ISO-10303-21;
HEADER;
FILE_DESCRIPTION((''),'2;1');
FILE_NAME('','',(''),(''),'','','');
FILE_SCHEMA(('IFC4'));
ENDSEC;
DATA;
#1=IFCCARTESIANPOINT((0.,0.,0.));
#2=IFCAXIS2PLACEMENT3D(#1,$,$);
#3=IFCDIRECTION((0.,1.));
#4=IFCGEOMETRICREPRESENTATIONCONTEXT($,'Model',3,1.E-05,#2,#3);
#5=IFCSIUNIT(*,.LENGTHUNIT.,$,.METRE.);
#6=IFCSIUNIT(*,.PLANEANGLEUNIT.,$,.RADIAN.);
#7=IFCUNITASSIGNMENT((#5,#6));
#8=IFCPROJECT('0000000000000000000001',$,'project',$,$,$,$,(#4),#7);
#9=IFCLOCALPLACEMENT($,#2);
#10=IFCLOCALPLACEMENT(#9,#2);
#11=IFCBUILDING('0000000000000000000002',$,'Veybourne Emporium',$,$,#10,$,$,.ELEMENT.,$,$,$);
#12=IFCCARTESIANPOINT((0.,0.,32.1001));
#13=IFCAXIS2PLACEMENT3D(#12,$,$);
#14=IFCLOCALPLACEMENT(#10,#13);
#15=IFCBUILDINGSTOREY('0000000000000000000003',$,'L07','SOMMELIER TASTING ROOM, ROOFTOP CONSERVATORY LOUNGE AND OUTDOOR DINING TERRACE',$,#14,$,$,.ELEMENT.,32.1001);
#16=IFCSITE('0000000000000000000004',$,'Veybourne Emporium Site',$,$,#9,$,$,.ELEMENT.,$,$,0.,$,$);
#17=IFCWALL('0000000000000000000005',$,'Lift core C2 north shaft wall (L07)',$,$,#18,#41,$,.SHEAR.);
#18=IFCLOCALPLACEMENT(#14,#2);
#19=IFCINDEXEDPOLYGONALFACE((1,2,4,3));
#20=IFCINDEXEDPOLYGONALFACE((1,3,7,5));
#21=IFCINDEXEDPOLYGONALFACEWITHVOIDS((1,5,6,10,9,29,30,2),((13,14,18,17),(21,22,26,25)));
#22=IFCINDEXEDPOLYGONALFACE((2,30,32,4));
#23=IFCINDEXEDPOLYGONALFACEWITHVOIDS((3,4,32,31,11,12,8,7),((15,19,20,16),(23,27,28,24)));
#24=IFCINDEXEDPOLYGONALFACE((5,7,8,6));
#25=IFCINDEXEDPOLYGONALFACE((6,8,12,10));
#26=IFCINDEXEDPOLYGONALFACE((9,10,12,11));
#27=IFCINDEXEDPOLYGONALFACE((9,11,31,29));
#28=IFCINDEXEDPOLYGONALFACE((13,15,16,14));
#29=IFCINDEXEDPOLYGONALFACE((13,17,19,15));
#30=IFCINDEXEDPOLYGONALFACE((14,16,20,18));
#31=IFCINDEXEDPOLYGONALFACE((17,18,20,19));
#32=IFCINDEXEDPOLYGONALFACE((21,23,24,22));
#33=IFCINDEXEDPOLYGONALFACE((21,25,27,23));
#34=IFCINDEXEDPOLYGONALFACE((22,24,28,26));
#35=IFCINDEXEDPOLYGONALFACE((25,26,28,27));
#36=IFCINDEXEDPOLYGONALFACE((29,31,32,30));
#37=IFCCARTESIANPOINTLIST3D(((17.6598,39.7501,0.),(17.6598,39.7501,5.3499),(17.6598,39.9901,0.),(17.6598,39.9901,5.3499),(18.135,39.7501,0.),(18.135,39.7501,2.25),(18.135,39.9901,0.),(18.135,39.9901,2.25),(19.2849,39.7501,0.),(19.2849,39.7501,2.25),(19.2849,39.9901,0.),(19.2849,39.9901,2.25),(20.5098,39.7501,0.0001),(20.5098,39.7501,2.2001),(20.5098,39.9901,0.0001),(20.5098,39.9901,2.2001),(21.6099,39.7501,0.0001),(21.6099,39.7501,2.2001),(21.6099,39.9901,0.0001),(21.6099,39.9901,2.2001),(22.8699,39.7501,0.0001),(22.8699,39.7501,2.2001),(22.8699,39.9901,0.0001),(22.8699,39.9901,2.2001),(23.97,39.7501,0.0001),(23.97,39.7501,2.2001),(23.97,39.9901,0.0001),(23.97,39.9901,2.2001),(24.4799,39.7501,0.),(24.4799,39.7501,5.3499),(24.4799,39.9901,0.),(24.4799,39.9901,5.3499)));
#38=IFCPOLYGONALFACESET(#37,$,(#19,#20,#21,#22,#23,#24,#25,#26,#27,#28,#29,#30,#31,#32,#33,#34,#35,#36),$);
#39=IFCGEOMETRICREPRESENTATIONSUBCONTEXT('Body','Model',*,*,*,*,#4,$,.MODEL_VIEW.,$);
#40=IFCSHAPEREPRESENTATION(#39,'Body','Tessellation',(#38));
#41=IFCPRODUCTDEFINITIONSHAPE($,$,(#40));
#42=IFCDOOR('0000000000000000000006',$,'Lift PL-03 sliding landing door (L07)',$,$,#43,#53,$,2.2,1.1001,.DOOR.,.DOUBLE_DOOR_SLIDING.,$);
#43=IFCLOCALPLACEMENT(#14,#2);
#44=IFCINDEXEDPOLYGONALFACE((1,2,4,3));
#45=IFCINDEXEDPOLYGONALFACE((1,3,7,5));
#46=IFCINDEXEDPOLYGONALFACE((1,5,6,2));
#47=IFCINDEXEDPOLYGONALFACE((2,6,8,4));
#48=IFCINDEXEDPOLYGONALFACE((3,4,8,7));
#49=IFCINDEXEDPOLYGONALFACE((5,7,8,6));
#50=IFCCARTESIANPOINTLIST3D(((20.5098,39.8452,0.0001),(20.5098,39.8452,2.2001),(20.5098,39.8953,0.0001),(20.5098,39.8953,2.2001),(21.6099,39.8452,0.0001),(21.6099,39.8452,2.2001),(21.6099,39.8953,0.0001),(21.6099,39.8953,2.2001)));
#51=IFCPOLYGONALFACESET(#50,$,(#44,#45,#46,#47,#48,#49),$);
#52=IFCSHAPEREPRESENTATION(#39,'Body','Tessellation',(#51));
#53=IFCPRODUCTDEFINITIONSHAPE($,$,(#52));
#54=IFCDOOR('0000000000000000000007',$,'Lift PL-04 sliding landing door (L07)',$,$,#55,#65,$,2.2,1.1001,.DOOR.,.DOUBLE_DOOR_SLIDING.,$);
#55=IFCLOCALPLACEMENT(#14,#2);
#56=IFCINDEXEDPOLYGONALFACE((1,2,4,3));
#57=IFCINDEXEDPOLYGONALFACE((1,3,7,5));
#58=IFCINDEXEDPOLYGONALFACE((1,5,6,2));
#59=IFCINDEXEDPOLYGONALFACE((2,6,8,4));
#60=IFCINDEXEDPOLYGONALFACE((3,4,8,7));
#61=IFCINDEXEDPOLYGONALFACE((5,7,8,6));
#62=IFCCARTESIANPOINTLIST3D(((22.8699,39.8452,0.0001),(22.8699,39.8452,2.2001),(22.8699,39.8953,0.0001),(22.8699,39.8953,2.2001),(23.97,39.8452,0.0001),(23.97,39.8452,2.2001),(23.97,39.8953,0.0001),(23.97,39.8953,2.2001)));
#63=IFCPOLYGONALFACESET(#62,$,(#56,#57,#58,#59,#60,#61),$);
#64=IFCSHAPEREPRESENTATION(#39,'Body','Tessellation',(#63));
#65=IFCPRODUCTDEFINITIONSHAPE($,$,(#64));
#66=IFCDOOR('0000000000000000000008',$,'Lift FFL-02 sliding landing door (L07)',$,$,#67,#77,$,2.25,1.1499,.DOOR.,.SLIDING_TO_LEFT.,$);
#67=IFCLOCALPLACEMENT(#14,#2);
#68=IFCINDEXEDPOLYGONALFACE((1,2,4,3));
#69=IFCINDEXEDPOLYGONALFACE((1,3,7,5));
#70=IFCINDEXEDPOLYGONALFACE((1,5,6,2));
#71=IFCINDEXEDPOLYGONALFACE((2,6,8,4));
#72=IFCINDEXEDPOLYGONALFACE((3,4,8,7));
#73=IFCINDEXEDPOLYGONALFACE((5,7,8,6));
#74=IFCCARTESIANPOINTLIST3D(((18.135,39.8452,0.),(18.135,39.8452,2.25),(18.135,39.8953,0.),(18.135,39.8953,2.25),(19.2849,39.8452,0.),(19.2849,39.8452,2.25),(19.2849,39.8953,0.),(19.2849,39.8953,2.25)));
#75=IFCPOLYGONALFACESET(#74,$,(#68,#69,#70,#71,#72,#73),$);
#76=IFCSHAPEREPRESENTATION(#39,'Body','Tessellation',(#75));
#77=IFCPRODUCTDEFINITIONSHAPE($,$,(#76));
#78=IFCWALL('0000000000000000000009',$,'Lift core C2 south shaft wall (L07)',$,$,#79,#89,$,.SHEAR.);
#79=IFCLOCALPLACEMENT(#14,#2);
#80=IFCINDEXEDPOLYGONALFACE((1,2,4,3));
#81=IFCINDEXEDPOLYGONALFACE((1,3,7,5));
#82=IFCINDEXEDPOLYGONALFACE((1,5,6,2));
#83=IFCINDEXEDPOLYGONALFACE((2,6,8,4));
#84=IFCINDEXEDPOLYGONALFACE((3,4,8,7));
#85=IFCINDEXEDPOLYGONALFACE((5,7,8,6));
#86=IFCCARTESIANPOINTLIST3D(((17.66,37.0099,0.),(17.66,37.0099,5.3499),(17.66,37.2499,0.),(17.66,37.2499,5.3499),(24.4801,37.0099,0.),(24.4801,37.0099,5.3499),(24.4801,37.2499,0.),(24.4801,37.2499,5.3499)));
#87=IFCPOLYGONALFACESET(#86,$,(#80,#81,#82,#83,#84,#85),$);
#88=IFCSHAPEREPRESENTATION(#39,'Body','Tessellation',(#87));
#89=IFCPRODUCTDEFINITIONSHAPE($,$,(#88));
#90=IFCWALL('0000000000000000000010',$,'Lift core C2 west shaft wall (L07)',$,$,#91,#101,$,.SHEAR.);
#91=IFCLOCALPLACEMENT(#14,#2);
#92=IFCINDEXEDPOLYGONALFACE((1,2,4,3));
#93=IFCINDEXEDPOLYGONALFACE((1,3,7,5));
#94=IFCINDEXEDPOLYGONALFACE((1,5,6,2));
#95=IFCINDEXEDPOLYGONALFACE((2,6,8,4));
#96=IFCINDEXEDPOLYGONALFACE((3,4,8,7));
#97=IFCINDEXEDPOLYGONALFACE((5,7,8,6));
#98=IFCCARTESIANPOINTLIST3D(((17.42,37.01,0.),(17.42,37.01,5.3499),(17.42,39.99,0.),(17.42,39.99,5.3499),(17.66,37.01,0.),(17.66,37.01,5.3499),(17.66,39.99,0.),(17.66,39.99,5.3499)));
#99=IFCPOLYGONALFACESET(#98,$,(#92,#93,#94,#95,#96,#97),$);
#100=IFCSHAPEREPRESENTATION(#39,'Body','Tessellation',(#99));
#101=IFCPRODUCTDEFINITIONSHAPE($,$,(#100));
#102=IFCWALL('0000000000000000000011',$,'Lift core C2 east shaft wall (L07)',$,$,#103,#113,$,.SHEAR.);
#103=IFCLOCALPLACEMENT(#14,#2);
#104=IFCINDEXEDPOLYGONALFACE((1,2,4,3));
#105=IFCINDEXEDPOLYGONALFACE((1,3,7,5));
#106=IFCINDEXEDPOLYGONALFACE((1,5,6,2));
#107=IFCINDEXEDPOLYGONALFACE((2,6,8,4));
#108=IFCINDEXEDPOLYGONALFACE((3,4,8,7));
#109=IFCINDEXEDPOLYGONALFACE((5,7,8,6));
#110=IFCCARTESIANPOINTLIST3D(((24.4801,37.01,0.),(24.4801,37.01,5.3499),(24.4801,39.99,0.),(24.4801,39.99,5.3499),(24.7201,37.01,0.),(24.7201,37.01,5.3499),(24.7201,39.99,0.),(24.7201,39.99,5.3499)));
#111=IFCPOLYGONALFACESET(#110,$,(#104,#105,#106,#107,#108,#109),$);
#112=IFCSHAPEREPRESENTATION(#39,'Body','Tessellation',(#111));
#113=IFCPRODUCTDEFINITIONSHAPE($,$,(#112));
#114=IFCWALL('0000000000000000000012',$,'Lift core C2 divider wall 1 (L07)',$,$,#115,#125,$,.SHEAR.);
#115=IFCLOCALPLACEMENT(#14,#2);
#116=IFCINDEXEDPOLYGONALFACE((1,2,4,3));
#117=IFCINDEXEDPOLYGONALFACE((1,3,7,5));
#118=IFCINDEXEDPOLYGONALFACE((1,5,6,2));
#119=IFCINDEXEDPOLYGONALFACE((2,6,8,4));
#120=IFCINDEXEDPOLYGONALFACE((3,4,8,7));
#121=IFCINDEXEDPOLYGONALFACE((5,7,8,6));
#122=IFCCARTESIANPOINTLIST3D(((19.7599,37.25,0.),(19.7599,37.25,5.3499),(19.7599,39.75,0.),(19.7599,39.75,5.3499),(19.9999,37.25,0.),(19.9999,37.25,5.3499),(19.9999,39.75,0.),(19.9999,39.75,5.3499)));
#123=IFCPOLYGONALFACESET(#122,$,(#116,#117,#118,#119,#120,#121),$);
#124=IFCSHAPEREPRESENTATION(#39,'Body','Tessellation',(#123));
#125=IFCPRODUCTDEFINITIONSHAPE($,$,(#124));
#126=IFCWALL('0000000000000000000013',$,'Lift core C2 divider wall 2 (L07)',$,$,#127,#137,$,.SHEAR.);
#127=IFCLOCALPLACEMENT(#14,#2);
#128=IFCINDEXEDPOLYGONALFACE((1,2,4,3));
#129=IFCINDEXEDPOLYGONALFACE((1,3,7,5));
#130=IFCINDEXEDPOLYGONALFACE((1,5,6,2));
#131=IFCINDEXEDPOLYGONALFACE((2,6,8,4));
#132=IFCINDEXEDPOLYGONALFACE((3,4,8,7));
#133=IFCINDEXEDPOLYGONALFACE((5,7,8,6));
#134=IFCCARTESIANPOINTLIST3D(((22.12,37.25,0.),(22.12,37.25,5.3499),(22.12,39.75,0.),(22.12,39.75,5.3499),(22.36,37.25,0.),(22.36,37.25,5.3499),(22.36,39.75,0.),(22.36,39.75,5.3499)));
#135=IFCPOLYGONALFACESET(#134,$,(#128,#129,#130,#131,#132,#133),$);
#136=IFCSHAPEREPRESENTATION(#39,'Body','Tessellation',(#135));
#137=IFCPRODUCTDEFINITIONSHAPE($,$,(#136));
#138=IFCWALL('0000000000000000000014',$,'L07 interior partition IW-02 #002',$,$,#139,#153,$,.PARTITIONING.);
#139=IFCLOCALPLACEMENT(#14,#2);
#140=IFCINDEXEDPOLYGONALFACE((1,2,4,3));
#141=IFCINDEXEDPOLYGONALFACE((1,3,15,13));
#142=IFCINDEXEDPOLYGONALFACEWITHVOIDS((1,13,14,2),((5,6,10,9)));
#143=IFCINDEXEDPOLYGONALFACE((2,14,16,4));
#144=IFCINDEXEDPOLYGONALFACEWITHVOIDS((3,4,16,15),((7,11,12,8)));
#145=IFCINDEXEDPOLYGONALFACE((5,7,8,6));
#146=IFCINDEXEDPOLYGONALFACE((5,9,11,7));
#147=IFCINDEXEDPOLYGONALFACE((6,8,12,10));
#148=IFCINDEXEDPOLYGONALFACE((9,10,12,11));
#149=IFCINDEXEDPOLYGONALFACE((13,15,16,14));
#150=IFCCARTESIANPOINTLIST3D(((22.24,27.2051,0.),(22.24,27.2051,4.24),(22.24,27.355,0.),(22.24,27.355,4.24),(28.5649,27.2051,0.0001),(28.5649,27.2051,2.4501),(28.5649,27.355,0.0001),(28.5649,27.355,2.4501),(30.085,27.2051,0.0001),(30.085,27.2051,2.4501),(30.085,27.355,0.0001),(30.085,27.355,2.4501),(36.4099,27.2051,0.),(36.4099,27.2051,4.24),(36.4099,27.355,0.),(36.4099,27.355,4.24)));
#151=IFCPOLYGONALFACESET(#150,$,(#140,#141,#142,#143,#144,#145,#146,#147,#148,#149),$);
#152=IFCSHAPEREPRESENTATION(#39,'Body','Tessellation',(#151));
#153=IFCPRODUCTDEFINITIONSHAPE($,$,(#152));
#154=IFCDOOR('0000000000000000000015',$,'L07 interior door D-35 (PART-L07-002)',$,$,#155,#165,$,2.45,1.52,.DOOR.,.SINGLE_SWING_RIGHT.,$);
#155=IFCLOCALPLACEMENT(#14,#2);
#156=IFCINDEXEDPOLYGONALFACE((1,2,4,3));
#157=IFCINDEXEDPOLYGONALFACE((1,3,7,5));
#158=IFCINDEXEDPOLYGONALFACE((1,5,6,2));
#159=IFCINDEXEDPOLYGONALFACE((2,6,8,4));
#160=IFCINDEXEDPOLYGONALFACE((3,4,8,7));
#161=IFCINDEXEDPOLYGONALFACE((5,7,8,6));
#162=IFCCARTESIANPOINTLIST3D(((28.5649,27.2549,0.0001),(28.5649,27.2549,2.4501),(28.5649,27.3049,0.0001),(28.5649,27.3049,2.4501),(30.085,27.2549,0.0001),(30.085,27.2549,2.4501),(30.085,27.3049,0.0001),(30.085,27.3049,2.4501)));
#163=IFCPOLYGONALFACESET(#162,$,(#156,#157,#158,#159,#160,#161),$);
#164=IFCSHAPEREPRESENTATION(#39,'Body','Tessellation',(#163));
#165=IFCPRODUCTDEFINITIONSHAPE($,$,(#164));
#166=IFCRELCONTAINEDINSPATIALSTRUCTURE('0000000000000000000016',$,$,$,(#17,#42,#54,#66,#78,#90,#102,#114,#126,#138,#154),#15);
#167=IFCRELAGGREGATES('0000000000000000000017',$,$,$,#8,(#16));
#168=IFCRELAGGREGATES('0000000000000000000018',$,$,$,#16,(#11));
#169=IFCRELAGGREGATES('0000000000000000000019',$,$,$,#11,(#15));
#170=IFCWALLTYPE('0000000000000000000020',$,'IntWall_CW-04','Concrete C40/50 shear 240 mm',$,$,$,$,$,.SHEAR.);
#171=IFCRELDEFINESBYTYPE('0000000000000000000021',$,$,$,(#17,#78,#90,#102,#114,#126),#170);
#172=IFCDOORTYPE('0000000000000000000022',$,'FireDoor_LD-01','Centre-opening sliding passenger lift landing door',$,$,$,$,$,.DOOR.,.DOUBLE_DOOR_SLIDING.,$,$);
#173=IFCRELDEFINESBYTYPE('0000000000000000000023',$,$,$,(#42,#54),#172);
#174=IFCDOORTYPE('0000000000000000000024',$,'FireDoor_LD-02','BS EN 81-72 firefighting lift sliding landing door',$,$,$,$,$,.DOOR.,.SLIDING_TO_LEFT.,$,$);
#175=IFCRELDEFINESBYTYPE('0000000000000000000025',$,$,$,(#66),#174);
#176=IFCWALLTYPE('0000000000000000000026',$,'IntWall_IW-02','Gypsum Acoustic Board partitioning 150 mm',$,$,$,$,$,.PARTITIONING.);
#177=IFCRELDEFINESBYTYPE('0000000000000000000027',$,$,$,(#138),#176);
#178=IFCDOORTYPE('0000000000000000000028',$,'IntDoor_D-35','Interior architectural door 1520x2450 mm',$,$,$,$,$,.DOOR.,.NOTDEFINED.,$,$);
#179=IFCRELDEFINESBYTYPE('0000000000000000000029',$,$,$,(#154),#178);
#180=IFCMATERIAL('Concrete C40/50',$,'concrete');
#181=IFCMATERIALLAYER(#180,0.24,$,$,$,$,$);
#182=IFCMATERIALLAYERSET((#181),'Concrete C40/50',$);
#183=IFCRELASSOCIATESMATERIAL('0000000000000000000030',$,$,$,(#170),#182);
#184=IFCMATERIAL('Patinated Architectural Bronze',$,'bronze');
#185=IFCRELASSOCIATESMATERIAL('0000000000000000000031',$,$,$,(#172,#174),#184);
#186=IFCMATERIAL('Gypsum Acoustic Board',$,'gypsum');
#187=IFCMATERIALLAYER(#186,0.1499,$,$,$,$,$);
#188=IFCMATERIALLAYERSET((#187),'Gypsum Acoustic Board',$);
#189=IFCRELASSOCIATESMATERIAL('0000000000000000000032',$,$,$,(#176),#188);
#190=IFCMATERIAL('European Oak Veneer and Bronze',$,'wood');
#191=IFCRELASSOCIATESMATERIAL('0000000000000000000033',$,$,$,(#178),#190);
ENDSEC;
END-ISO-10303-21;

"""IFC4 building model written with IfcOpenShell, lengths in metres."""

from ifc_helpers import new_model, si_unit, direction, frame, frame_2d, origin, place, context, subcontext, project, spatial, rectangle, extrude, material, layer, layer_set, type_object, element, fill, save


model = new_model("IFC4")

# Units and contexts
model_context = context("Model", 3, precision=1e-05, world=origin(), true_north=direction((0.0, 1.0)))
body_context = subcontext(model_context, "Body", "Model", "MODEL_VIEW")
ifc_project = project(units=[si_unit("LENGTHUNIT", "METRE"), si_unit("PLANEANGLEUNIT", "RADIAN")], contexts=[model_context])

# Site, building, storey
site_placement = place(None, origin())
site = spatial("IfcSite", under=ifc_project, at=site_placement, Name="Veybourne Emporium Site", CompositionType="ELEMENT", RefElevation=0.0)
building_placement = place(site_placement, origin())
building = spatial("IfcBuilding", under=site, at=building_placement, Name="Veybourne Emporium", CompositionType="ELEMENT")
storey_placement = place(building_placement, frame((0.0, 0.0, 32.1001)))
storey = spatial("IfcBuildingStorey", under=building, at=storey_placement, Name="L07", Description="SOMMELIER TASTING ROOM, ROOFTOP CONSERVATORY LOUNGE AND OUTDOOR DINING TERRACE", CompositionType="ELEMENT", Elevation=32.1001)

# Shared definitions
ifc_material_1 = material(Name="Concrete C40/50", Category="concrete")

# Shared definitions
ifc_material_2 = material(Name="Patinated Architectural Bronze", Category="bronze")

# Wall, openings, doors
ifc_layer_1 = layer(ifc_material_1, 0.24)
ifc_layer_set_1 = layer_set([ifc_layer_1], Name="Concrete C40/50")
wall_type_1 = type_object("IfcWallType", Name="IntWall_CW-04", Description="Concrete C40/50 shear 240 mm", PredefinedType="SHEAR", material=ifc_layer_set_1)
wall_1_placement = place(storey_placement, frame((24.48, 39.8701, 0.0), z_axis=(0.0, 0.0, 1.0), x_axis=(-1.0, 0.0, 0.0)))
wall_1 = element("IfcWall", 1, at=wall_1_placement, inside=storey, type_object=wall_type_1, Name="Lift core C2 north shaft wall (L07)", PredefinedType="SHEAR", context=body_context, shape_type="SweptSolid", body=[
    extrude(rectangle(XDim=6.8201, YDim=0.24, at=frame_2d((3.4102, 0.0))), origin(), (0.0, 0.0, 1.0), 5.3499),
])
opening_1_placement = place(wall_1_placement, frame((5.1951, 0.0, 0.0)))
opening_1 = element("IfcOpeningElement", 2, at=opening_1_placement, cuts=wall_1, PredefinedType="OPENING", context=body_context, shape_type="SweptSolid", body=[
    extrude(rectangle(XDim=1.1499, YDim=2.25, at=frame_2d((0.575, 1.125))), frame((0.0, 0.1401, 0.0), z_axis=(0.0, -1.0, 0.0), x_axis=(1.0, 0.0, 0.0)), (0.0, 0.0, 1.0), 0.28),
])
opening_2_placement = place(wall_1_placement, frame((2.8701, 0.0, 0.0)))
opening_2 = element("IfcOpeningElement", 3, at=opening_2_placement, cuts=wall_1, PredefinedType="OPENING", context=body_context, shape_type="SweptSolid", body=[
    extrude(rectangle(XDim=1.1001, YDim=2.2, at=frame_2d((0.55, 1.1001))), frame((0.0, 0.1401, 0.0), z_axis=(0.0, -1.0, 0.0), x_axis=(1.0, 0.0, 0.0)), (0.0, 0.0, 1.0), 0.28),
])
opening_3_placement = place(wall_1_placement, frame((0.51, 0.0, 0.0)))
opening_3 = element("IfcOpeningElement", 4, at=opening_3_placement, cuts=wall_1, PredefinedType="OPENING", context=body_context, shape_type="SweptSolid", body=[
    extrude(rectangle(XDim=1.1001, YDim=2.2, at=frame_2d((0.55, 1.1001))), frame((0.0, 0.1401, 0.0), z_axis=(0.0, -1.0, 0.0), x_axis=(1.0, 0.0, 0.0)), (0.0, 0.0, 1.0), 0.28),
])
door_type_1 = type_object("IfcDoorType", Name="FireDoor_LD-01", Description="Centre-opening sliding passenger lift landing door", OperationType="DOUBLE_DOOR_SLIDING", PredefinedType="DOOR", material=ifc_material_2)
door_1_placement = place(opening_2_placement, origin())
door_1 = element("IfcDoor", 5, at=door_1_placement, inside=storey, type_object=door_type_1, Name="Lift PL-03 sliding landing door (L07)", OperationType="DOUBLE_DOOR_SLIDING", OverallHeight=2.2, OverallWidth=1.1001, PredefinedType="DOOR", context=body_context, shape_type="SweptSolid", body=[
    extrude(rectangle(XDim=1.1001, YDim=2.2, at=frame_2d((0.55, 1.1001))), frame((0.0, 0.0249, 0.0), z_axis=(0.0, -1.0, 0.0), x_axis=(1.0, 0.0, 0.0)), (0.0, 0.0, 1.0), 0.05),
])
fill(opening_2, door_1)
door_2_placement = place(opening_3_placement, origin())
door_2 = element("IfcDoor", 6, at=door_2_placement, inside=storey, type_object=door_type_1, Name="Lift PL-04 sliding landing door (L07)", OperationType="DOUBLE_DOOR_SLIDING", OverallHeight=2.2, OverallWidth=1.1001, PredefinedType="DOOR", context=body_context, shape_type="SweptSolid", body=[
    extrude(rectangle(XDim=1.1001, YDim=2.2, at=frame_2d((0.55, 1.1001))), frame((0.0, 0.0249, 0.0), z_axis=(0.0, -1.0, 0.0), x_axis=(1.0, 0.0, 0.0)), (0.0, 0.0, 1.0), 0.05),
])
fill(opening_3, door_2)
door_type_2 = type_object("IfcDoorType", Name="FireDoor_LD-02", Description="BS EN 81-72 firefighting lift sliding landing door", OperationType="SLIDING_TO_LEFT", PredefinedType="DOOR", material=ifc_material_2)
door_3_placement = place(opening_1_placement, origin())
door_3 = element("IfcDoor", 7, at=door_3_placement, inside=storey, type_object=door_type_2, Name="Lift FFL-02 sliding landing door (L07)", OperationType="SLIDING_TO_LEFT", OverallHeight=2.25, OverallWidth=1.1499, PredefinedType="DOOR", context=body_context, shape_type="SweptSolid", body=[
    extrude(rectangle(XDim=1.1499, YDim=2.25, at=frame_2d((0.575, 1.125))), frame((0.0, 0.0249, 0.0), z_axis=(0.0, -1.0, 0.0), x_axis=(1.0, 0.0, 0.0)), (0.0, 0.0, 1.0), 0.05),
])
fill(opening_1, door_3)

# Walls
wall_2_placement = place(storey_placement, frame((17.6599, 37.1299, 0.0), z_axis=(0.0, 0.0, 1.0), x_axis=(1.0, 0.0, 0.0)))
element("IfcWall", 8, at=wall_2_placement, inside=storey, type_object=wall_type_1, Name="Lift core C2 south shaft wall (L07)", PredefinedType="SHEAR", context=body_context, shape_type="SweptSolid", body=[
    extrude(rectangle(XDim=6.8201, YDim=0.24, at=frame_2d((3.4102, 0.0))), origin(), (0.0, 0.0, 1.0), 5.3499),
])
for number, where, z_axis, x_axis, name in (
    (9, (17.54, 39.99, 0.0), (0.0, 0.0, 1.0), (0.0, -1.0, 0.0), "Lift core C2 west shaft wall (L07)"),
    (10, (24.6001, 37.01, 0.0), (0.0, 0.0, 1.0), (0.0, 1.0, 0.0), "Lift core C2 east shaft wall (L07)"),
):
    element("IfcWall", number, at=place(storey_placement, frame(where, z_axis=z_axis, x_axis=x_axis)), inside=storey, type_object=wall_type_1, Name=name, PredefinedType="SHEAR", context=body_context, shape_type="SweptSolid", body=[
        extrude(rectangle(XDim=2.98, YDim=0.24, at=frame_2d((1.49, 0.0))), origin(), (0.0, 0.0, 1.0), 5.3499),
    ])
for number, where, z_axis, x_axis, name in (
    (11, (19.8799, 37.25, 0.0), (0.0, 0.0, 1.0), (0.0, 1.0, 0.0), "Lift core C2 divider wall 1 (L07)"),
    (12, (22.24, 37.25, 0.0), (0.0, 0.0, 1.0), (0.0, 1.0, 0.0), "Lift core C2 divider wall 2 (L07)"),
):
    element("IfcWall", number, at=place(storey_placement, frame(where, z_axis=z_axis, x_axis=x_axis)), inside=storey, type_object=wall_type_1, Name=name, PredefinedType="SHEAR", context=body_context, shape_type="SweptSolid", body=[
        extrude(rectangle(XDim=2.5, YDim=0.24, at=frame_2d((1.25, 0.0))), origin(), (0.0, 0.0, 1.0), 5.3499),
    ])

# Wall, opening, door
ifc_material_3 = material(Name="Gypsum Acoustic Board", Category="gypsum")
ifc_layer_2 = layer(ifc_material_3, 0.1499)
ifc_layer_set_2 = layer_set([ifc_layer_2], Name="Gypsum Acoustic Board")
wall_type_2 = type_object("IfcWallType", Name="IntWall_IW-02", Description="Gypsum Acoustic Board partitioning 150 mm", PredefinedType="PARTITIONING", material=ifc_layer_set_2)
wall_3_placement = place(storey_placement, frame((22.24, 27.28, 0.0), z_axis=(0.0, 0.0, 1.0), x_axis=(1.0, 0.0, 0.0)))
wall_3 = element("IfcWall", 13, at=wall_3_placement, inside=storey, type_object=wall_type_2, Name="L07 interior partition IW-02 #002", PredefinedType="PARTITIONING", context=body_context, shape_type="SweptSolid", body=[
    extrude(rectangle(XDim=14.1699, YDim=0.1499, at=frame_2d((7.085, 0.0))), origin(), (0.0, 0.0, 1.0), 4.24),
])
opening_4_placement = place(wall_3_placement, frame((6.325, 0.0, 0.0)))
opening_4 = element("IfcOpeningElement", 14, at=opening_4_placement, cuts=wall_3, PredefinedType="OPENING", context=body_context, shape_type="SweptSolid", body=[
    extrude(rectangle(XDim=1.52, YDim=2.45, at=frame_2d((0.76, 1.2251))), frame((0.0, 0.095, 0.0), z_axis=(0.0, -1.0, 0.0), x_axis=(1.0, 0.0, 0.0)), (0.0, 0.0, 1.0), 0.1899),
])
ifc_material_4 = material(Name="European Oak Veneer and Bronze", Category="wood")
door_type_3 = type_object("IfcDoorType", Name="IntDoor_D-35", Description="Interior architectural door 1520x2450 mm", OperationType="NOTDEFINED", PredefinedType="DOOR", material=ifc_material_4)
door_4_placement = place(opening_4_placement, origin())
door_4 = element("IfcDoor", 15, at=door_4_placement, inside=storey, type_object=door_type_3, Name="L07 interior door D-35 (PART-L07-002)", OperationType="SINGLE_SWING_RIGHT", OverallHeight=2.45, OverallWidth=1.52, PredefinedType="DOOR", context=body_context, shape_type="SweptSolid", body=[
    extrude(rectangle(XDim=1.52, YDim=2.45, at=frame_2d((0.76, 1.2251))), frame((0.0, 0.0249, 0.0), z_axis=(0.0, -1.0, 0.0), x_axis=(1.0, 0.0, 0.0)), (0.0, 0.0, 1.0), 0.05),
])
fill(opening_4, door_4)

save(model, "model.ifc")
